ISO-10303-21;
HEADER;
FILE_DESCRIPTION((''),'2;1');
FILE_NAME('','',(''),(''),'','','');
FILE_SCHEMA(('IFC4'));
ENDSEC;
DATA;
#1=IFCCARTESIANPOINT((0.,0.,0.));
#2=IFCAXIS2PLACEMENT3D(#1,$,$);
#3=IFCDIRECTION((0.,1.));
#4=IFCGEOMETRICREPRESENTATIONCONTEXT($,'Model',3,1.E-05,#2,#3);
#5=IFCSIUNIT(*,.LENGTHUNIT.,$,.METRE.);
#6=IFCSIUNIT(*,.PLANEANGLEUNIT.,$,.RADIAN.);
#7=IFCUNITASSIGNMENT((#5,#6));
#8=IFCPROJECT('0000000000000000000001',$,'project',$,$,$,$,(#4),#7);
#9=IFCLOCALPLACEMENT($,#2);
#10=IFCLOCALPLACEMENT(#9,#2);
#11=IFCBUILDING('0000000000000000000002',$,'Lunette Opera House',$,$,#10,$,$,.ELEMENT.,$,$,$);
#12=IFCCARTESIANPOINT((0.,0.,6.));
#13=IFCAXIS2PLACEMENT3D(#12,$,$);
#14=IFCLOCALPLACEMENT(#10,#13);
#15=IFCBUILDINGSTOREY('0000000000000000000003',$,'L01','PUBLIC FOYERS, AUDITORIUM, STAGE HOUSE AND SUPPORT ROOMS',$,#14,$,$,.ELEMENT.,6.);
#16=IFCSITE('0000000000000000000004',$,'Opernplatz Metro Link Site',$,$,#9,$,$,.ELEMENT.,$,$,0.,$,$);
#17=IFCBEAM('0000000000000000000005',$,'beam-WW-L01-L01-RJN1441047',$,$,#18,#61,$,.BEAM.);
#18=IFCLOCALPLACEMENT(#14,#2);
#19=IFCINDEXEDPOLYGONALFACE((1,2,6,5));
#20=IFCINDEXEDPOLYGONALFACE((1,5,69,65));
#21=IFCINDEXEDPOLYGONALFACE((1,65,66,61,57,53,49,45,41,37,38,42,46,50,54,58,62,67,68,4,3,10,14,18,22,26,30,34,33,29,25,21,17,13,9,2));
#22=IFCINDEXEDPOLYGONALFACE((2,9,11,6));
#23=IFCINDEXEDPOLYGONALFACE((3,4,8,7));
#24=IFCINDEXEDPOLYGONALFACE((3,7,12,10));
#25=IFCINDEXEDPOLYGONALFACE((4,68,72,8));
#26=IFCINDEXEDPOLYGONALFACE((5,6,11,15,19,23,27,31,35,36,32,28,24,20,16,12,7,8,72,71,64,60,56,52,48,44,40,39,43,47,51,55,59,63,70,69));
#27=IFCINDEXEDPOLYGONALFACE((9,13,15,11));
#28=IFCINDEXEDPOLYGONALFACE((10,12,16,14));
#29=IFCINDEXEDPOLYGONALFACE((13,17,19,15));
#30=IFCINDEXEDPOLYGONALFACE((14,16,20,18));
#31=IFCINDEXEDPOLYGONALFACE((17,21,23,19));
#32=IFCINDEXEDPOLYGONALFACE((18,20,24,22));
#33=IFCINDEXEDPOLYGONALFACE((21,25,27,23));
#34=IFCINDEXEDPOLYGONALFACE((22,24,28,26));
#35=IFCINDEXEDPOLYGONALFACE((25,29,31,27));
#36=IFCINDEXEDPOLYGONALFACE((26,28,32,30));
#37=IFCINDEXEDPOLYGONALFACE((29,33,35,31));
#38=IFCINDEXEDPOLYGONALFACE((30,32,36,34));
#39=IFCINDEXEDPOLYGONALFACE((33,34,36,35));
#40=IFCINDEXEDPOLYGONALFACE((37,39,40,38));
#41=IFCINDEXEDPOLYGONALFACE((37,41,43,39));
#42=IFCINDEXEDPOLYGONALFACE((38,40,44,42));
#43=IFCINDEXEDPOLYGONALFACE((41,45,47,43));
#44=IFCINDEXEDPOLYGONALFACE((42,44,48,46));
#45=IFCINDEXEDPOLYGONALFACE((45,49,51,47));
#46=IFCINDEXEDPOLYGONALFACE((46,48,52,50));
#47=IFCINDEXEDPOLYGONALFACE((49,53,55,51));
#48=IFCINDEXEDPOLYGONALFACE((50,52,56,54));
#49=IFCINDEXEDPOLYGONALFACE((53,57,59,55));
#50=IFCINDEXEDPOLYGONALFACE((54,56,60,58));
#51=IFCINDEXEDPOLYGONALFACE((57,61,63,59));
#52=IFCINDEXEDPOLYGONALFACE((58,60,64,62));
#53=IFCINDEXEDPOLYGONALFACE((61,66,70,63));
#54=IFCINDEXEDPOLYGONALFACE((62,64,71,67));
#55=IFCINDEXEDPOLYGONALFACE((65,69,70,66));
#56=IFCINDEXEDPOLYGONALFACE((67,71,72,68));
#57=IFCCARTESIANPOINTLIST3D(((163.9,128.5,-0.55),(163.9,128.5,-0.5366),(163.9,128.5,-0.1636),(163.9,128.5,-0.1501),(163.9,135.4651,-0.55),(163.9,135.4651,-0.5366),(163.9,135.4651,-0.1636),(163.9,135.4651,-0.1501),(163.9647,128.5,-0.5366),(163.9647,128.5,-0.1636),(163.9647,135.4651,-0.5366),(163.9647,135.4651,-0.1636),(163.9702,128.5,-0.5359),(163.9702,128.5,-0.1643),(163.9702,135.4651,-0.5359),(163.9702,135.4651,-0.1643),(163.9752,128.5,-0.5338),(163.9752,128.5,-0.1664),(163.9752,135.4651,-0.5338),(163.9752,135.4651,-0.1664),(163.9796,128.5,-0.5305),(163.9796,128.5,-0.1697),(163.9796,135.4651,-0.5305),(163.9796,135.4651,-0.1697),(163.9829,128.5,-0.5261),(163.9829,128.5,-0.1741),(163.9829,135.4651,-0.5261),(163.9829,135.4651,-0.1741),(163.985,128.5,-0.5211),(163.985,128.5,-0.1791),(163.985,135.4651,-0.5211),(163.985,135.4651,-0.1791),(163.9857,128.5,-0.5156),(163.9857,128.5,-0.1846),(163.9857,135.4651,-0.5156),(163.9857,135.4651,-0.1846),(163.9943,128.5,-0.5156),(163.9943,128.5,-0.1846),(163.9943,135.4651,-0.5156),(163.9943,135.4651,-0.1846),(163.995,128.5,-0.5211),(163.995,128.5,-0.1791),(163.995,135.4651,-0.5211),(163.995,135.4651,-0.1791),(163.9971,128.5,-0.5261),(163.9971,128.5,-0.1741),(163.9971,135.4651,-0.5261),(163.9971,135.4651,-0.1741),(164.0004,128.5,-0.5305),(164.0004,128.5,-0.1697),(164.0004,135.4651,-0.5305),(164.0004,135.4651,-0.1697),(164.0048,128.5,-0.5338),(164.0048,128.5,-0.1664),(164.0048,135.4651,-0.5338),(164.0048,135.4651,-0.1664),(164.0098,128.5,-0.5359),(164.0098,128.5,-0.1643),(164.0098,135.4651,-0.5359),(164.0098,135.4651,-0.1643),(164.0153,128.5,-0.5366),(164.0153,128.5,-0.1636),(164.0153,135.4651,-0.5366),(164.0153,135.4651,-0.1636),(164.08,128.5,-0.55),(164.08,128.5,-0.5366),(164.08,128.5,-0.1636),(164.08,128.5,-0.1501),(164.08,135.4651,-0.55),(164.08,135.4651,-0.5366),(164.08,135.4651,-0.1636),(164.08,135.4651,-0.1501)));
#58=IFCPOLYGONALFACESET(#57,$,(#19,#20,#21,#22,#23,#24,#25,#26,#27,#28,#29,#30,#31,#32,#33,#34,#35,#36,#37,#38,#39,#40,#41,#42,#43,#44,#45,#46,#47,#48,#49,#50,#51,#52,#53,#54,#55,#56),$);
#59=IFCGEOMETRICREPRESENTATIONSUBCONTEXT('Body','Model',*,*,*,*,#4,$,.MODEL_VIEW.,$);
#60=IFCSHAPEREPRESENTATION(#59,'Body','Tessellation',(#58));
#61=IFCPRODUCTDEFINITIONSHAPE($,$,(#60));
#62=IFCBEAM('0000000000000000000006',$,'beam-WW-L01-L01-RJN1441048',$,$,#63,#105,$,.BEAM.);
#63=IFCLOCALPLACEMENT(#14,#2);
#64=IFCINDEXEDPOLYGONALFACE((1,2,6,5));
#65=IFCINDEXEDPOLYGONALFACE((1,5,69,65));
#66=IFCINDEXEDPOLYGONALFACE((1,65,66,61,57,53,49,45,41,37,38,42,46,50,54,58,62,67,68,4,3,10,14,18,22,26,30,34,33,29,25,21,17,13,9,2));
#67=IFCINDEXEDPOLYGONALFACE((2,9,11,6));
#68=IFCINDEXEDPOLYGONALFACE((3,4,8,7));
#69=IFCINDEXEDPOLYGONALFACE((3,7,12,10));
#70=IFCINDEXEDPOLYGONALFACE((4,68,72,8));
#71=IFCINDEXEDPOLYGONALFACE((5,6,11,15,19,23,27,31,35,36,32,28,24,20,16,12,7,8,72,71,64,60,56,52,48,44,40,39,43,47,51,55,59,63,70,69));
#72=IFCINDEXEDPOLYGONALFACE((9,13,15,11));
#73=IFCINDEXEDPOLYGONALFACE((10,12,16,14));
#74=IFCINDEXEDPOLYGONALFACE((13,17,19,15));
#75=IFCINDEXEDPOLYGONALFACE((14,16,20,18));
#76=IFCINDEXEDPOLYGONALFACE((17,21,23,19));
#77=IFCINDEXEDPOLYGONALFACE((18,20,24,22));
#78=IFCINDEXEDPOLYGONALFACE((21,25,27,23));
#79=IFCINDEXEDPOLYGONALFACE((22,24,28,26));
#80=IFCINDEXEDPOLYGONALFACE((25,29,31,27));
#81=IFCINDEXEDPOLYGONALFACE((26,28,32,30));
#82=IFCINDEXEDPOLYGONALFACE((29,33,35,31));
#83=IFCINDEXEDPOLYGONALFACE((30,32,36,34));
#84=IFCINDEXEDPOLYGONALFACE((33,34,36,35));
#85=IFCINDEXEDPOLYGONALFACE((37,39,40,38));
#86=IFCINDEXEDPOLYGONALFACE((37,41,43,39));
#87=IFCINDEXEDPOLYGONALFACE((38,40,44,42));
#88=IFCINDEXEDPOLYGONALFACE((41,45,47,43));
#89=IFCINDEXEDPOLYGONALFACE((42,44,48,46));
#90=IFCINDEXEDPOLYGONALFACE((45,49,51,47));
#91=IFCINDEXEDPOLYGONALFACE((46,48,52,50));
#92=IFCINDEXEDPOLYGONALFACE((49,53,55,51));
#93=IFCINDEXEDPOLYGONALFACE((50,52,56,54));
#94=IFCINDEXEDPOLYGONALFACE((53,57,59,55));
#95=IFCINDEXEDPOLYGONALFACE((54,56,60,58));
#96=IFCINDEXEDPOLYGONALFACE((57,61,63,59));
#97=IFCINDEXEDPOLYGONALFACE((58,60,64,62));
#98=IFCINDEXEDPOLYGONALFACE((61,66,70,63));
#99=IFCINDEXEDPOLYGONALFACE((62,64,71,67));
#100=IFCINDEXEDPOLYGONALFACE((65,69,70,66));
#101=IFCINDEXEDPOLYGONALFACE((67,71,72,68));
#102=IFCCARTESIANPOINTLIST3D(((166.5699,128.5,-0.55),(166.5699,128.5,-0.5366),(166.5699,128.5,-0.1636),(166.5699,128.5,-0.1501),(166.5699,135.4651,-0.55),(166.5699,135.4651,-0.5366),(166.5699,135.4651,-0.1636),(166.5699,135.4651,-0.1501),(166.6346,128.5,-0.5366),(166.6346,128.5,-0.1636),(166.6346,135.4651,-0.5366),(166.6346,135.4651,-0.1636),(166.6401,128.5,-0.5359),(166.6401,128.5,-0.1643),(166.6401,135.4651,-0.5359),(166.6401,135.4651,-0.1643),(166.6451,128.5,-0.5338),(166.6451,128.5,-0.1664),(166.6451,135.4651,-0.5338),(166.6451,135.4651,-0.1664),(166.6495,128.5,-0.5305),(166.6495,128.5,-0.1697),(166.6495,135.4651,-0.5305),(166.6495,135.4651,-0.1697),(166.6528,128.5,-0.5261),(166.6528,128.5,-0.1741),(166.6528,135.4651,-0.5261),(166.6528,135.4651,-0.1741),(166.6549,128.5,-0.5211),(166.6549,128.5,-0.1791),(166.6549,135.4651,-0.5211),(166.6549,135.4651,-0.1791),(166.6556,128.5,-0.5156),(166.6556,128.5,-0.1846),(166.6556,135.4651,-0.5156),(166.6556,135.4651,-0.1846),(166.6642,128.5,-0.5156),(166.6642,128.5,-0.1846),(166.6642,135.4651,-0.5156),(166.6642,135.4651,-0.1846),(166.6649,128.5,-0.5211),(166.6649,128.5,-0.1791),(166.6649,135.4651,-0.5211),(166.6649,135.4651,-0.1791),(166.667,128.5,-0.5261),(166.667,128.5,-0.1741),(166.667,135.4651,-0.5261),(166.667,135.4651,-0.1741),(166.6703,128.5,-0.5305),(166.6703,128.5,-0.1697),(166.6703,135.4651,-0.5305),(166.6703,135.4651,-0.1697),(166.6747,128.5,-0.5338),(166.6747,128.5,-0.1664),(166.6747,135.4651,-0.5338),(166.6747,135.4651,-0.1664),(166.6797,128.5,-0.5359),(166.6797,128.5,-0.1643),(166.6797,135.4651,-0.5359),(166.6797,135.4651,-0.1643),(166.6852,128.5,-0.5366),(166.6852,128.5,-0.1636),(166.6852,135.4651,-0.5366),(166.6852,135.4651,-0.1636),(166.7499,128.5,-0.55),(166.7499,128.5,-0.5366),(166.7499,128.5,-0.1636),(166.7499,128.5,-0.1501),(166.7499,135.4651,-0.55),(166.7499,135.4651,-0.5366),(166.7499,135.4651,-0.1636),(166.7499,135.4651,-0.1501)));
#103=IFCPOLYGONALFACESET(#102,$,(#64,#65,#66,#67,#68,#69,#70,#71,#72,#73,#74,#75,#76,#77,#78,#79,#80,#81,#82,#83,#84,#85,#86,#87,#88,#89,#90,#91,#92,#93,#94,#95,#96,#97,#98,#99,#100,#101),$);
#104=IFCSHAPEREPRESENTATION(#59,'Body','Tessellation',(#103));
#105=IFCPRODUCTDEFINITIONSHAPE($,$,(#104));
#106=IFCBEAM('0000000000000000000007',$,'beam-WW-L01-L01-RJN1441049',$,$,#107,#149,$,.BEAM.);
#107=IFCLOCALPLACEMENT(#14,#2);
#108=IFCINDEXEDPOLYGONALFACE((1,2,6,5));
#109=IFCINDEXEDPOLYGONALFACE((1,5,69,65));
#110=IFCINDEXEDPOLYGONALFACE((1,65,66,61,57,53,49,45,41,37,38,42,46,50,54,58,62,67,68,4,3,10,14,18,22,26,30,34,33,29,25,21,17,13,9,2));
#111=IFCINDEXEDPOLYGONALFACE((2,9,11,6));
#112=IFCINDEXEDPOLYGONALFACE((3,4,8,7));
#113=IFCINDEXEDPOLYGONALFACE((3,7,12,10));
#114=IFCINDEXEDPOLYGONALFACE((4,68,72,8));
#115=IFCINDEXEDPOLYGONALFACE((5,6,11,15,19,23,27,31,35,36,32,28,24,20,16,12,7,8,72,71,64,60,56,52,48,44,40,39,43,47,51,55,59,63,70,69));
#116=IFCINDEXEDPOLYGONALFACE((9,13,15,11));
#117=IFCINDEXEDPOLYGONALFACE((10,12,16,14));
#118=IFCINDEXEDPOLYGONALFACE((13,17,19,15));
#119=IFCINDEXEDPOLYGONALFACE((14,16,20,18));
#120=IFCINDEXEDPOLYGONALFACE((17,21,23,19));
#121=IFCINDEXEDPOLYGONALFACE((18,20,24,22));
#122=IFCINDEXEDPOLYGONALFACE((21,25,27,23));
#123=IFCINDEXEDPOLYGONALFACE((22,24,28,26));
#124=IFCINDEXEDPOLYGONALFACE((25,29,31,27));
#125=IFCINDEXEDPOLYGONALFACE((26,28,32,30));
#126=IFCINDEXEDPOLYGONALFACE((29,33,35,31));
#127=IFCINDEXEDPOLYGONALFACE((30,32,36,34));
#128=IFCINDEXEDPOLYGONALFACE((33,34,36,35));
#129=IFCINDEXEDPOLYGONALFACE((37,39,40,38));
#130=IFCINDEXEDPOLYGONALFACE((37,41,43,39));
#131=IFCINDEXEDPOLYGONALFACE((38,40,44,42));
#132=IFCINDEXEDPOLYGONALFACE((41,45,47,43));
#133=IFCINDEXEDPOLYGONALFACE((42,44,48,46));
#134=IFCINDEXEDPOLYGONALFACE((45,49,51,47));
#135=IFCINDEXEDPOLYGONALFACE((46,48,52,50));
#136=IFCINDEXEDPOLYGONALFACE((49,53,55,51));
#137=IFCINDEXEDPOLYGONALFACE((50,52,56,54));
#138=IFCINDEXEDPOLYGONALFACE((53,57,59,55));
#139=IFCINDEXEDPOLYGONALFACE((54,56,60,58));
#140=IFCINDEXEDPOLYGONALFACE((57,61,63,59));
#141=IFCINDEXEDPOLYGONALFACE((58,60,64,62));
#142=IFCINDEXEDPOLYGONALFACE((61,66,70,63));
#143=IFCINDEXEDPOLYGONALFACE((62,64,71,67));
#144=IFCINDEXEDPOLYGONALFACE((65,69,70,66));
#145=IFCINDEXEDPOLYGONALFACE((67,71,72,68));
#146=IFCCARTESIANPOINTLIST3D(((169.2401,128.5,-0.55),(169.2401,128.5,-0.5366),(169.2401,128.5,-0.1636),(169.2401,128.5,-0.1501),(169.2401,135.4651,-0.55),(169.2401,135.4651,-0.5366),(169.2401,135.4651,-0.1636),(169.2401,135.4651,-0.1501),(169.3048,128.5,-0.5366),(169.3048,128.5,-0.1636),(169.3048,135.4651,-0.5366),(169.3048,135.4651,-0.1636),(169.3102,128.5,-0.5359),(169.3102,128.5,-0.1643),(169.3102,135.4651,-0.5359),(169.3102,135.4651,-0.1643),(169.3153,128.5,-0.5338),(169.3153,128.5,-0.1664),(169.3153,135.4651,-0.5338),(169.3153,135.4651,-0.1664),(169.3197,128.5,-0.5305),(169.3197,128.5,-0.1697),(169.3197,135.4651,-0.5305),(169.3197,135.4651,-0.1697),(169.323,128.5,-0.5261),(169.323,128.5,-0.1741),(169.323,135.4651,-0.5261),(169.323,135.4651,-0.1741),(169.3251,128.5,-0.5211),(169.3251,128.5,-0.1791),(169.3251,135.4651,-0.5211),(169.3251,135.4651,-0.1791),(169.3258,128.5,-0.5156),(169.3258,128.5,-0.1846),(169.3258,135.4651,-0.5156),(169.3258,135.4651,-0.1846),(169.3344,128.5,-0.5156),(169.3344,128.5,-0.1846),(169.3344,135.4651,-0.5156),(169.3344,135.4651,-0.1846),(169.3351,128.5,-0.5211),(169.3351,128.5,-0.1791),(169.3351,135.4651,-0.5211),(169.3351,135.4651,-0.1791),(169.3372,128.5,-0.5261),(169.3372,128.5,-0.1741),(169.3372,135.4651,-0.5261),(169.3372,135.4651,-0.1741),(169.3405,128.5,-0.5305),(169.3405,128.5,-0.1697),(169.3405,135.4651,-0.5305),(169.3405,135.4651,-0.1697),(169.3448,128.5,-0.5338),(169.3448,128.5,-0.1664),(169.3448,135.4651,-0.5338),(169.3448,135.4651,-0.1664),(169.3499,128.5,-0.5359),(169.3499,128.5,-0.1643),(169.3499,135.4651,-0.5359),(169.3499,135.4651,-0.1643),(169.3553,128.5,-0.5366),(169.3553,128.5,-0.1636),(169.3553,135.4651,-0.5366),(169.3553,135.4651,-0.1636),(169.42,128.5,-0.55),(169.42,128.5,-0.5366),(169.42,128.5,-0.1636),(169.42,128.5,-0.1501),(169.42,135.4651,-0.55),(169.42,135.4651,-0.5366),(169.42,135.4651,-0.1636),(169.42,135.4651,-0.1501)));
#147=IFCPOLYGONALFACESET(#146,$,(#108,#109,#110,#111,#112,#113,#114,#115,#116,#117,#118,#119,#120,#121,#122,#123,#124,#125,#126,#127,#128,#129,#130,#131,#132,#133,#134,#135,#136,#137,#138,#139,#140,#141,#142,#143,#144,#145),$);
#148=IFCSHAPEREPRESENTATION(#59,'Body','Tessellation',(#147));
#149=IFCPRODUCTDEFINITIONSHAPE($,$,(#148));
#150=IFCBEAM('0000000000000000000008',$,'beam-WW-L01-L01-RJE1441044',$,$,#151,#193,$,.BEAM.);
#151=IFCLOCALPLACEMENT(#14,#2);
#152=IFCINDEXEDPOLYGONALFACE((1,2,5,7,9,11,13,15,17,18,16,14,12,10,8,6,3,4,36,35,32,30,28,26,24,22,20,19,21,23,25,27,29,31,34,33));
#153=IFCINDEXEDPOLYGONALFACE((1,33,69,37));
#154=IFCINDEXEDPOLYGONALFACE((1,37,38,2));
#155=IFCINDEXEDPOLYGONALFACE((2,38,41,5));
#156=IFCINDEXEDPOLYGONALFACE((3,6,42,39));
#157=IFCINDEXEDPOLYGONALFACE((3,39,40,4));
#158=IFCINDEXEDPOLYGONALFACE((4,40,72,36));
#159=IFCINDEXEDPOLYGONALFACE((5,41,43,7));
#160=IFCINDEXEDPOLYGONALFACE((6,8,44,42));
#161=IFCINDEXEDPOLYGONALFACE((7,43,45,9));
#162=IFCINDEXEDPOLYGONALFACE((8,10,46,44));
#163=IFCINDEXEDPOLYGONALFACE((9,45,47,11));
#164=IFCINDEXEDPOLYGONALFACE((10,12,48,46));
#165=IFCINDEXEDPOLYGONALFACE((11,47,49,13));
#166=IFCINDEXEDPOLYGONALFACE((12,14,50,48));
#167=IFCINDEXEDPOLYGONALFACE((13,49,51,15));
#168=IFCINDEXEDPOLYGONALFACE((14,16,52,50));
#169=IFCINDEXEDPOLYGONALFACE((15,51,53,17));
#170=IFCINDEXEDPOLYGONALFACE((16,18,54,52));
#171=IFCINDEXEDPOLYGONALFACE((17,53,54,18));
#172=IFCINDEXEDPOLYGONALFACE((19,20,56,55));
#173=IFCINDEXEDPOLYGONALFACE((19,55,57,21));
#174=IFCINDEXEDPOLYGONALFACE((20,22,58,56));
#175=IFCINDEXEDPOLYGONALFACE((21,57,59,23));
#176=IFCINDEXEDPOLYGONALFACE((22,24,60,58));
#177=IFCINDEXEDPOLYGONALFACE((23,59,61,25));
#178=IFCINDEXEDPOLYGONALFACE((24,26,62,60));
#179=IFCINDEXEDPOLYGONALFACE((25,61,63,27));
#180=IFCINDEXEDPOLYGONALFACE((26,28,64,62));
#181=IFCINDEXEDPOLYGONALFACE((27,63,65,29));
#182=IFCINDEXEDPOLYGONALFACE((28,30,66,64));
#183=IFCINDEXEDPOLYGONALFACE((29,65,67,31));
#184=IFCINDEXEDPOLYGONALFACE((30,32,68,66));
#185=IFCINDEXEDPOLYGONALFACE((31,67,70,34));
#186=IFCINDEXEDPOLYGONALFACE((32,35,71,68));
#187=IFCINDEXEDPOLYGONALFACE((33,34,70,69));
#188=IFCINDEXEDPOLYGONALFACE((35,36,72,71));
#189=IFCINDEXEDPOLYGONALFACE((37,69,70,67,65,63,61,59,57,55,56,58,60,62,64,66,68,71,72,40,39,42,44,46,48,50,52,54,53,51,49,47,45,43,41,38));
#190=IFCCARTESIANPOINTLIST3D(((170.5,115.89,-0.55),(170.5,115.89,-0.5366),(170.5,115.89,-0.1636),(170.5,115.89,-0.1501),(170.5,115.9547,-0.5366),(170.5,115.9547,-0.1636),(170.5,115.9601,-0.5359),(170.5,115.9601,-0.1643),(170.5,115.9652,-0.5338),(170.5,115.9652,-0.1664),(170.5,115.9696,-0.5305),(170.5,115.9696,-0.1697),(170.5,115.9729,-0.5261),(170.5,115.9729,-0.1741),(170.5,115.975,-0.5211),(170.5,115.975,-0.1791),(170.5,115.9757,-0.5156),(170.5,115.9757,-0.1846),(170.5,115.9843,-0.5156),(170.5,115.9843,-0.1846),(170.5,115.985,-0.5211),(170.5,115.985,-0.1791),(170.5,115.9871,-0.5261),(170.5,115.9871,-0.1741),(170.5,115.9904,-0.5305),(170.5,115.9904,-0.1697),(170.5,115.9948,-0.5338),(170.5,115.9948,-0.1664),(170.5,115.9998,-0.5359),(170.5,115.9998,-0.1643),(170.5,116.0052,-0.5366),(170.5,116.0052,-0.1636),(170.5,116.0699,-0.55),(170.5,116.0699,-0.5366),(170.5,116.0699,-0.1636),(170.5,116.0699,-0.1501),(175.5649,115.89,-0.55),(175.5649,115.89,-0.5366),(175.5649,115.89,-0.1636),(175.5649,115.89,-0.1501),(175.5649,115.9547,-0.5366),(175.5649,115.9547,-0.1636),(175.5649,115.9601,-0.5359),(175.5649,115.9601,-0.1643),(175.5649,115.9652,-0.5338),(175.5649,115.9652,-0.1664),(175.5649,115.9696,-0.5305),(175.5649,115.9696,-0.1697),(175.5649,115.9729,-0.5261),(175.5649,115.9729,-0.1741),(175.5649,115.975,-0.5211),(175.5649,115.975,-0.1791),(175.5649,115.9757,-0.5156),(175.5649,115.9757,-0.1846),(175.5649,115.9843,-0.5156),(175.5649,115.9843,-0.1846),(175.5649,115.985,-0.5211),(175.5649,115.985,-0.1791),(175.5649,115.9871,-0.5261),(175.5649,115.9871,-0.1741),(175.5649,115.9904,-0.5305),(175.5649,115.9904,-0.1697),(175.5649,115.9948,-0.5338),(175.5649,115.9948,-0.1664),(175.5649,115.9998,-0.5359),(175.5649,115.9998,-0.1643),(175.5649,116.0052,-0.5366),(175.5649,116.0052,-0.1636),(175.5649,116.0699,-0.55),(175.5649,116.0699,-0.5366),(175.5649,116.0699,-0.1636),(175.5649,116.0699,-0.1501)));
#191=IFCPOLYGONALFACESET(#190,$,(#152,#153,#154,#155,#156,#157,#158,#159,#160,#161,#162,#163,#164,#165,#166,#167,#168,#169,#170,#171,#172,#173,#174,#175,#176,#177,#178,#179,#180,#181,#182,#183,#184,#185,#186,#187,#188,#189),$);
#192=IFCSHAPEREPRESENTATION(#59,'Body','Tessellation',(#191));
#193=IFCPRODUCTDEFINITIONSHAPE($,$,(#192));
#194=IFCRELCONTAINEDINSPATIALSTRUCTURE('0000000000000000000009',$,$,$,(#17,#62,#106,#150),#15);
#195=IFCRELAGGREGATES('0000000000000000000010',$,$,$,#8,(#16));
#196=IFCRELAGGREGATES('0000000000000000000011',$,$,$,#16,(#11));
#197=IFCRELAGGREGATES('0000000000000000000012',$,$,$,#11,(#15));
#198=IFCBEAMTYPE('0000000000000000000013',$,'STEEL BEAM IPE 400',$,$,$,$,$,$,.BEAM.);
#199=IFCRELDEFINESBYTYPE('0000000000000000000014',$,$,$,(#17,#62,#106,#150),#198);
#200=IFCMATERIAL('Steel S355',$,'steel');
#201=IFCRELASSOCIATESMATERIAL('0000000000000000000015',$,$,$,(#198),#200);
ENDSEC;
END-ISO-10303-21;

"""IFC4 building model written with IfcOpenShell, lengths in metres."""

from ifc_helpers import new_model, si_unit, direction, frame, origin, origin_2d, place, context, subcontext, project, spatial, i_section, extrude, material, material_profile, profile_set, type_object, element, save


model = new_model("IFC4")

# Units and contexts
model_context = context("Model", 3, precision=1e-05, world=origin(), true_north=direction((0.0, 1.0)))
body_context = subcontext(model_context, "Body", "Model", "MODEL_VIEW")
ifc_project = project(units=[si_unit("LENGTHUNIT", "METRE"), si_unit("PLANEANGLEUNIT", "RADIAN")], contexts=[model_context])

# Site, building, storey
site_placement = place(None, origin())
site = spatial("IfcSite", under=ifc_project, at=site_placement, Name="Opernplatz Metro Link Site", CompositionType="ELEMENT", RefElevation=0.0)
building_placement = place(site_placement, origin())
building = spatial("IfcBuilding", under=site, at=building_placement, Name="Lunette Opera House", CompositionType="ELEMENT")
storey_placement = place(building_placement, frame((0.0, 0.0, 6.0)))
storey = spatial("IfcBuildingStorey", under=building, at=storey_placement, Name="L01", Description="PUBLIC FOYERS, AUDITORIUM, STAGE HOUSE AND SUPPORT ROOMS", CompositionType="ELEMENT", Elevation=6.0)

# Beams
ifc_material_1 = material(Name="Steel S355", Category="steel")
ifc_material_profile_1 = material_profile(ifc_material_1, i_section(OverallWidth=0.1799, OverallDepth=0.3999, WebThickness=0.0085, FlangeThickness=0.0134, FilletRadius=0.021, at=origin_2d()), Name="IPE 400")
ifc_profile_set_1 = profile_set([ifc_material_profile_1], Name="Steel S355")
beam_type_1 = type_object("IfcBeamType", Name="STEEL BEAM IPE 400", PredefinedType="BEAM", material=ifc_profile_set_1)
for number, where, z_axis, x_axis, name in (
    (1, (163.99, 128.5, -0.3501), (0.0, 1.0, 0.0), (-1.0, 0.0, 0.0), "beam-WW-L01-L01-RJN1441047"),
    (2, (166.6599, 128.5, -0.3501), (0.0, 1.0, 0.0), (-1.0, 0.0, 0.0), "beam-WW-L01-L01-RJN1441048"),
    (3, (169.3301, 128.5, -0.3501), (0.0, 1.0, 0.0), (-1.0, 0.0, 0.0), "beam-WW-L01-L01-RJN1441049"),
):
    element("IfcBeam", number, at=place(storey_placement, frame(where, z_axis=z_axis, x_axis=x_axis)), inside=storey, type_object=beam_type_1, Name=name, PredefinedType="BEAM", context=body_context, shape_type="SweptSolid", body=[
        extrude(i_section(OverallWidth=0.1799, OverallDepth=0.3999, WebThickness=0.0085, FlangeThickness=0.0134, FilletRadius=0.021, at=origin_2d()), origin(), (0.0, 0.0, 1.0), 6.9651),
    ])
for number, where, z_axis, x_axis, name in (
    (4, (170.5, 115.98, -0.3501), (1.0, 0.0, 0.0), (0.0, 1.0, 0.0), "beam-WW-L01-L01-RJE1441044"),
):
    element("IfcBeam", number, at=place(storey_placement, frame(where, z_axis=z_axis, x_axis=x_axis)), inside=storey, type_object=beam_type_1, Name=name, PredefinedType="BEAM", context=body_context, shape_type="SweptSolid", body=[
        extrude(i_section(OverallWidth=0.1799, OverallDepth=0.3999, WebThickness=0.0085, FlangeThickness=0.0134, FilletRadius=0.021, at=origin_2d()), origin(), (0.0, 0.0, 1.0), 5.0649),
    ])

save(model, "model.ifc")
